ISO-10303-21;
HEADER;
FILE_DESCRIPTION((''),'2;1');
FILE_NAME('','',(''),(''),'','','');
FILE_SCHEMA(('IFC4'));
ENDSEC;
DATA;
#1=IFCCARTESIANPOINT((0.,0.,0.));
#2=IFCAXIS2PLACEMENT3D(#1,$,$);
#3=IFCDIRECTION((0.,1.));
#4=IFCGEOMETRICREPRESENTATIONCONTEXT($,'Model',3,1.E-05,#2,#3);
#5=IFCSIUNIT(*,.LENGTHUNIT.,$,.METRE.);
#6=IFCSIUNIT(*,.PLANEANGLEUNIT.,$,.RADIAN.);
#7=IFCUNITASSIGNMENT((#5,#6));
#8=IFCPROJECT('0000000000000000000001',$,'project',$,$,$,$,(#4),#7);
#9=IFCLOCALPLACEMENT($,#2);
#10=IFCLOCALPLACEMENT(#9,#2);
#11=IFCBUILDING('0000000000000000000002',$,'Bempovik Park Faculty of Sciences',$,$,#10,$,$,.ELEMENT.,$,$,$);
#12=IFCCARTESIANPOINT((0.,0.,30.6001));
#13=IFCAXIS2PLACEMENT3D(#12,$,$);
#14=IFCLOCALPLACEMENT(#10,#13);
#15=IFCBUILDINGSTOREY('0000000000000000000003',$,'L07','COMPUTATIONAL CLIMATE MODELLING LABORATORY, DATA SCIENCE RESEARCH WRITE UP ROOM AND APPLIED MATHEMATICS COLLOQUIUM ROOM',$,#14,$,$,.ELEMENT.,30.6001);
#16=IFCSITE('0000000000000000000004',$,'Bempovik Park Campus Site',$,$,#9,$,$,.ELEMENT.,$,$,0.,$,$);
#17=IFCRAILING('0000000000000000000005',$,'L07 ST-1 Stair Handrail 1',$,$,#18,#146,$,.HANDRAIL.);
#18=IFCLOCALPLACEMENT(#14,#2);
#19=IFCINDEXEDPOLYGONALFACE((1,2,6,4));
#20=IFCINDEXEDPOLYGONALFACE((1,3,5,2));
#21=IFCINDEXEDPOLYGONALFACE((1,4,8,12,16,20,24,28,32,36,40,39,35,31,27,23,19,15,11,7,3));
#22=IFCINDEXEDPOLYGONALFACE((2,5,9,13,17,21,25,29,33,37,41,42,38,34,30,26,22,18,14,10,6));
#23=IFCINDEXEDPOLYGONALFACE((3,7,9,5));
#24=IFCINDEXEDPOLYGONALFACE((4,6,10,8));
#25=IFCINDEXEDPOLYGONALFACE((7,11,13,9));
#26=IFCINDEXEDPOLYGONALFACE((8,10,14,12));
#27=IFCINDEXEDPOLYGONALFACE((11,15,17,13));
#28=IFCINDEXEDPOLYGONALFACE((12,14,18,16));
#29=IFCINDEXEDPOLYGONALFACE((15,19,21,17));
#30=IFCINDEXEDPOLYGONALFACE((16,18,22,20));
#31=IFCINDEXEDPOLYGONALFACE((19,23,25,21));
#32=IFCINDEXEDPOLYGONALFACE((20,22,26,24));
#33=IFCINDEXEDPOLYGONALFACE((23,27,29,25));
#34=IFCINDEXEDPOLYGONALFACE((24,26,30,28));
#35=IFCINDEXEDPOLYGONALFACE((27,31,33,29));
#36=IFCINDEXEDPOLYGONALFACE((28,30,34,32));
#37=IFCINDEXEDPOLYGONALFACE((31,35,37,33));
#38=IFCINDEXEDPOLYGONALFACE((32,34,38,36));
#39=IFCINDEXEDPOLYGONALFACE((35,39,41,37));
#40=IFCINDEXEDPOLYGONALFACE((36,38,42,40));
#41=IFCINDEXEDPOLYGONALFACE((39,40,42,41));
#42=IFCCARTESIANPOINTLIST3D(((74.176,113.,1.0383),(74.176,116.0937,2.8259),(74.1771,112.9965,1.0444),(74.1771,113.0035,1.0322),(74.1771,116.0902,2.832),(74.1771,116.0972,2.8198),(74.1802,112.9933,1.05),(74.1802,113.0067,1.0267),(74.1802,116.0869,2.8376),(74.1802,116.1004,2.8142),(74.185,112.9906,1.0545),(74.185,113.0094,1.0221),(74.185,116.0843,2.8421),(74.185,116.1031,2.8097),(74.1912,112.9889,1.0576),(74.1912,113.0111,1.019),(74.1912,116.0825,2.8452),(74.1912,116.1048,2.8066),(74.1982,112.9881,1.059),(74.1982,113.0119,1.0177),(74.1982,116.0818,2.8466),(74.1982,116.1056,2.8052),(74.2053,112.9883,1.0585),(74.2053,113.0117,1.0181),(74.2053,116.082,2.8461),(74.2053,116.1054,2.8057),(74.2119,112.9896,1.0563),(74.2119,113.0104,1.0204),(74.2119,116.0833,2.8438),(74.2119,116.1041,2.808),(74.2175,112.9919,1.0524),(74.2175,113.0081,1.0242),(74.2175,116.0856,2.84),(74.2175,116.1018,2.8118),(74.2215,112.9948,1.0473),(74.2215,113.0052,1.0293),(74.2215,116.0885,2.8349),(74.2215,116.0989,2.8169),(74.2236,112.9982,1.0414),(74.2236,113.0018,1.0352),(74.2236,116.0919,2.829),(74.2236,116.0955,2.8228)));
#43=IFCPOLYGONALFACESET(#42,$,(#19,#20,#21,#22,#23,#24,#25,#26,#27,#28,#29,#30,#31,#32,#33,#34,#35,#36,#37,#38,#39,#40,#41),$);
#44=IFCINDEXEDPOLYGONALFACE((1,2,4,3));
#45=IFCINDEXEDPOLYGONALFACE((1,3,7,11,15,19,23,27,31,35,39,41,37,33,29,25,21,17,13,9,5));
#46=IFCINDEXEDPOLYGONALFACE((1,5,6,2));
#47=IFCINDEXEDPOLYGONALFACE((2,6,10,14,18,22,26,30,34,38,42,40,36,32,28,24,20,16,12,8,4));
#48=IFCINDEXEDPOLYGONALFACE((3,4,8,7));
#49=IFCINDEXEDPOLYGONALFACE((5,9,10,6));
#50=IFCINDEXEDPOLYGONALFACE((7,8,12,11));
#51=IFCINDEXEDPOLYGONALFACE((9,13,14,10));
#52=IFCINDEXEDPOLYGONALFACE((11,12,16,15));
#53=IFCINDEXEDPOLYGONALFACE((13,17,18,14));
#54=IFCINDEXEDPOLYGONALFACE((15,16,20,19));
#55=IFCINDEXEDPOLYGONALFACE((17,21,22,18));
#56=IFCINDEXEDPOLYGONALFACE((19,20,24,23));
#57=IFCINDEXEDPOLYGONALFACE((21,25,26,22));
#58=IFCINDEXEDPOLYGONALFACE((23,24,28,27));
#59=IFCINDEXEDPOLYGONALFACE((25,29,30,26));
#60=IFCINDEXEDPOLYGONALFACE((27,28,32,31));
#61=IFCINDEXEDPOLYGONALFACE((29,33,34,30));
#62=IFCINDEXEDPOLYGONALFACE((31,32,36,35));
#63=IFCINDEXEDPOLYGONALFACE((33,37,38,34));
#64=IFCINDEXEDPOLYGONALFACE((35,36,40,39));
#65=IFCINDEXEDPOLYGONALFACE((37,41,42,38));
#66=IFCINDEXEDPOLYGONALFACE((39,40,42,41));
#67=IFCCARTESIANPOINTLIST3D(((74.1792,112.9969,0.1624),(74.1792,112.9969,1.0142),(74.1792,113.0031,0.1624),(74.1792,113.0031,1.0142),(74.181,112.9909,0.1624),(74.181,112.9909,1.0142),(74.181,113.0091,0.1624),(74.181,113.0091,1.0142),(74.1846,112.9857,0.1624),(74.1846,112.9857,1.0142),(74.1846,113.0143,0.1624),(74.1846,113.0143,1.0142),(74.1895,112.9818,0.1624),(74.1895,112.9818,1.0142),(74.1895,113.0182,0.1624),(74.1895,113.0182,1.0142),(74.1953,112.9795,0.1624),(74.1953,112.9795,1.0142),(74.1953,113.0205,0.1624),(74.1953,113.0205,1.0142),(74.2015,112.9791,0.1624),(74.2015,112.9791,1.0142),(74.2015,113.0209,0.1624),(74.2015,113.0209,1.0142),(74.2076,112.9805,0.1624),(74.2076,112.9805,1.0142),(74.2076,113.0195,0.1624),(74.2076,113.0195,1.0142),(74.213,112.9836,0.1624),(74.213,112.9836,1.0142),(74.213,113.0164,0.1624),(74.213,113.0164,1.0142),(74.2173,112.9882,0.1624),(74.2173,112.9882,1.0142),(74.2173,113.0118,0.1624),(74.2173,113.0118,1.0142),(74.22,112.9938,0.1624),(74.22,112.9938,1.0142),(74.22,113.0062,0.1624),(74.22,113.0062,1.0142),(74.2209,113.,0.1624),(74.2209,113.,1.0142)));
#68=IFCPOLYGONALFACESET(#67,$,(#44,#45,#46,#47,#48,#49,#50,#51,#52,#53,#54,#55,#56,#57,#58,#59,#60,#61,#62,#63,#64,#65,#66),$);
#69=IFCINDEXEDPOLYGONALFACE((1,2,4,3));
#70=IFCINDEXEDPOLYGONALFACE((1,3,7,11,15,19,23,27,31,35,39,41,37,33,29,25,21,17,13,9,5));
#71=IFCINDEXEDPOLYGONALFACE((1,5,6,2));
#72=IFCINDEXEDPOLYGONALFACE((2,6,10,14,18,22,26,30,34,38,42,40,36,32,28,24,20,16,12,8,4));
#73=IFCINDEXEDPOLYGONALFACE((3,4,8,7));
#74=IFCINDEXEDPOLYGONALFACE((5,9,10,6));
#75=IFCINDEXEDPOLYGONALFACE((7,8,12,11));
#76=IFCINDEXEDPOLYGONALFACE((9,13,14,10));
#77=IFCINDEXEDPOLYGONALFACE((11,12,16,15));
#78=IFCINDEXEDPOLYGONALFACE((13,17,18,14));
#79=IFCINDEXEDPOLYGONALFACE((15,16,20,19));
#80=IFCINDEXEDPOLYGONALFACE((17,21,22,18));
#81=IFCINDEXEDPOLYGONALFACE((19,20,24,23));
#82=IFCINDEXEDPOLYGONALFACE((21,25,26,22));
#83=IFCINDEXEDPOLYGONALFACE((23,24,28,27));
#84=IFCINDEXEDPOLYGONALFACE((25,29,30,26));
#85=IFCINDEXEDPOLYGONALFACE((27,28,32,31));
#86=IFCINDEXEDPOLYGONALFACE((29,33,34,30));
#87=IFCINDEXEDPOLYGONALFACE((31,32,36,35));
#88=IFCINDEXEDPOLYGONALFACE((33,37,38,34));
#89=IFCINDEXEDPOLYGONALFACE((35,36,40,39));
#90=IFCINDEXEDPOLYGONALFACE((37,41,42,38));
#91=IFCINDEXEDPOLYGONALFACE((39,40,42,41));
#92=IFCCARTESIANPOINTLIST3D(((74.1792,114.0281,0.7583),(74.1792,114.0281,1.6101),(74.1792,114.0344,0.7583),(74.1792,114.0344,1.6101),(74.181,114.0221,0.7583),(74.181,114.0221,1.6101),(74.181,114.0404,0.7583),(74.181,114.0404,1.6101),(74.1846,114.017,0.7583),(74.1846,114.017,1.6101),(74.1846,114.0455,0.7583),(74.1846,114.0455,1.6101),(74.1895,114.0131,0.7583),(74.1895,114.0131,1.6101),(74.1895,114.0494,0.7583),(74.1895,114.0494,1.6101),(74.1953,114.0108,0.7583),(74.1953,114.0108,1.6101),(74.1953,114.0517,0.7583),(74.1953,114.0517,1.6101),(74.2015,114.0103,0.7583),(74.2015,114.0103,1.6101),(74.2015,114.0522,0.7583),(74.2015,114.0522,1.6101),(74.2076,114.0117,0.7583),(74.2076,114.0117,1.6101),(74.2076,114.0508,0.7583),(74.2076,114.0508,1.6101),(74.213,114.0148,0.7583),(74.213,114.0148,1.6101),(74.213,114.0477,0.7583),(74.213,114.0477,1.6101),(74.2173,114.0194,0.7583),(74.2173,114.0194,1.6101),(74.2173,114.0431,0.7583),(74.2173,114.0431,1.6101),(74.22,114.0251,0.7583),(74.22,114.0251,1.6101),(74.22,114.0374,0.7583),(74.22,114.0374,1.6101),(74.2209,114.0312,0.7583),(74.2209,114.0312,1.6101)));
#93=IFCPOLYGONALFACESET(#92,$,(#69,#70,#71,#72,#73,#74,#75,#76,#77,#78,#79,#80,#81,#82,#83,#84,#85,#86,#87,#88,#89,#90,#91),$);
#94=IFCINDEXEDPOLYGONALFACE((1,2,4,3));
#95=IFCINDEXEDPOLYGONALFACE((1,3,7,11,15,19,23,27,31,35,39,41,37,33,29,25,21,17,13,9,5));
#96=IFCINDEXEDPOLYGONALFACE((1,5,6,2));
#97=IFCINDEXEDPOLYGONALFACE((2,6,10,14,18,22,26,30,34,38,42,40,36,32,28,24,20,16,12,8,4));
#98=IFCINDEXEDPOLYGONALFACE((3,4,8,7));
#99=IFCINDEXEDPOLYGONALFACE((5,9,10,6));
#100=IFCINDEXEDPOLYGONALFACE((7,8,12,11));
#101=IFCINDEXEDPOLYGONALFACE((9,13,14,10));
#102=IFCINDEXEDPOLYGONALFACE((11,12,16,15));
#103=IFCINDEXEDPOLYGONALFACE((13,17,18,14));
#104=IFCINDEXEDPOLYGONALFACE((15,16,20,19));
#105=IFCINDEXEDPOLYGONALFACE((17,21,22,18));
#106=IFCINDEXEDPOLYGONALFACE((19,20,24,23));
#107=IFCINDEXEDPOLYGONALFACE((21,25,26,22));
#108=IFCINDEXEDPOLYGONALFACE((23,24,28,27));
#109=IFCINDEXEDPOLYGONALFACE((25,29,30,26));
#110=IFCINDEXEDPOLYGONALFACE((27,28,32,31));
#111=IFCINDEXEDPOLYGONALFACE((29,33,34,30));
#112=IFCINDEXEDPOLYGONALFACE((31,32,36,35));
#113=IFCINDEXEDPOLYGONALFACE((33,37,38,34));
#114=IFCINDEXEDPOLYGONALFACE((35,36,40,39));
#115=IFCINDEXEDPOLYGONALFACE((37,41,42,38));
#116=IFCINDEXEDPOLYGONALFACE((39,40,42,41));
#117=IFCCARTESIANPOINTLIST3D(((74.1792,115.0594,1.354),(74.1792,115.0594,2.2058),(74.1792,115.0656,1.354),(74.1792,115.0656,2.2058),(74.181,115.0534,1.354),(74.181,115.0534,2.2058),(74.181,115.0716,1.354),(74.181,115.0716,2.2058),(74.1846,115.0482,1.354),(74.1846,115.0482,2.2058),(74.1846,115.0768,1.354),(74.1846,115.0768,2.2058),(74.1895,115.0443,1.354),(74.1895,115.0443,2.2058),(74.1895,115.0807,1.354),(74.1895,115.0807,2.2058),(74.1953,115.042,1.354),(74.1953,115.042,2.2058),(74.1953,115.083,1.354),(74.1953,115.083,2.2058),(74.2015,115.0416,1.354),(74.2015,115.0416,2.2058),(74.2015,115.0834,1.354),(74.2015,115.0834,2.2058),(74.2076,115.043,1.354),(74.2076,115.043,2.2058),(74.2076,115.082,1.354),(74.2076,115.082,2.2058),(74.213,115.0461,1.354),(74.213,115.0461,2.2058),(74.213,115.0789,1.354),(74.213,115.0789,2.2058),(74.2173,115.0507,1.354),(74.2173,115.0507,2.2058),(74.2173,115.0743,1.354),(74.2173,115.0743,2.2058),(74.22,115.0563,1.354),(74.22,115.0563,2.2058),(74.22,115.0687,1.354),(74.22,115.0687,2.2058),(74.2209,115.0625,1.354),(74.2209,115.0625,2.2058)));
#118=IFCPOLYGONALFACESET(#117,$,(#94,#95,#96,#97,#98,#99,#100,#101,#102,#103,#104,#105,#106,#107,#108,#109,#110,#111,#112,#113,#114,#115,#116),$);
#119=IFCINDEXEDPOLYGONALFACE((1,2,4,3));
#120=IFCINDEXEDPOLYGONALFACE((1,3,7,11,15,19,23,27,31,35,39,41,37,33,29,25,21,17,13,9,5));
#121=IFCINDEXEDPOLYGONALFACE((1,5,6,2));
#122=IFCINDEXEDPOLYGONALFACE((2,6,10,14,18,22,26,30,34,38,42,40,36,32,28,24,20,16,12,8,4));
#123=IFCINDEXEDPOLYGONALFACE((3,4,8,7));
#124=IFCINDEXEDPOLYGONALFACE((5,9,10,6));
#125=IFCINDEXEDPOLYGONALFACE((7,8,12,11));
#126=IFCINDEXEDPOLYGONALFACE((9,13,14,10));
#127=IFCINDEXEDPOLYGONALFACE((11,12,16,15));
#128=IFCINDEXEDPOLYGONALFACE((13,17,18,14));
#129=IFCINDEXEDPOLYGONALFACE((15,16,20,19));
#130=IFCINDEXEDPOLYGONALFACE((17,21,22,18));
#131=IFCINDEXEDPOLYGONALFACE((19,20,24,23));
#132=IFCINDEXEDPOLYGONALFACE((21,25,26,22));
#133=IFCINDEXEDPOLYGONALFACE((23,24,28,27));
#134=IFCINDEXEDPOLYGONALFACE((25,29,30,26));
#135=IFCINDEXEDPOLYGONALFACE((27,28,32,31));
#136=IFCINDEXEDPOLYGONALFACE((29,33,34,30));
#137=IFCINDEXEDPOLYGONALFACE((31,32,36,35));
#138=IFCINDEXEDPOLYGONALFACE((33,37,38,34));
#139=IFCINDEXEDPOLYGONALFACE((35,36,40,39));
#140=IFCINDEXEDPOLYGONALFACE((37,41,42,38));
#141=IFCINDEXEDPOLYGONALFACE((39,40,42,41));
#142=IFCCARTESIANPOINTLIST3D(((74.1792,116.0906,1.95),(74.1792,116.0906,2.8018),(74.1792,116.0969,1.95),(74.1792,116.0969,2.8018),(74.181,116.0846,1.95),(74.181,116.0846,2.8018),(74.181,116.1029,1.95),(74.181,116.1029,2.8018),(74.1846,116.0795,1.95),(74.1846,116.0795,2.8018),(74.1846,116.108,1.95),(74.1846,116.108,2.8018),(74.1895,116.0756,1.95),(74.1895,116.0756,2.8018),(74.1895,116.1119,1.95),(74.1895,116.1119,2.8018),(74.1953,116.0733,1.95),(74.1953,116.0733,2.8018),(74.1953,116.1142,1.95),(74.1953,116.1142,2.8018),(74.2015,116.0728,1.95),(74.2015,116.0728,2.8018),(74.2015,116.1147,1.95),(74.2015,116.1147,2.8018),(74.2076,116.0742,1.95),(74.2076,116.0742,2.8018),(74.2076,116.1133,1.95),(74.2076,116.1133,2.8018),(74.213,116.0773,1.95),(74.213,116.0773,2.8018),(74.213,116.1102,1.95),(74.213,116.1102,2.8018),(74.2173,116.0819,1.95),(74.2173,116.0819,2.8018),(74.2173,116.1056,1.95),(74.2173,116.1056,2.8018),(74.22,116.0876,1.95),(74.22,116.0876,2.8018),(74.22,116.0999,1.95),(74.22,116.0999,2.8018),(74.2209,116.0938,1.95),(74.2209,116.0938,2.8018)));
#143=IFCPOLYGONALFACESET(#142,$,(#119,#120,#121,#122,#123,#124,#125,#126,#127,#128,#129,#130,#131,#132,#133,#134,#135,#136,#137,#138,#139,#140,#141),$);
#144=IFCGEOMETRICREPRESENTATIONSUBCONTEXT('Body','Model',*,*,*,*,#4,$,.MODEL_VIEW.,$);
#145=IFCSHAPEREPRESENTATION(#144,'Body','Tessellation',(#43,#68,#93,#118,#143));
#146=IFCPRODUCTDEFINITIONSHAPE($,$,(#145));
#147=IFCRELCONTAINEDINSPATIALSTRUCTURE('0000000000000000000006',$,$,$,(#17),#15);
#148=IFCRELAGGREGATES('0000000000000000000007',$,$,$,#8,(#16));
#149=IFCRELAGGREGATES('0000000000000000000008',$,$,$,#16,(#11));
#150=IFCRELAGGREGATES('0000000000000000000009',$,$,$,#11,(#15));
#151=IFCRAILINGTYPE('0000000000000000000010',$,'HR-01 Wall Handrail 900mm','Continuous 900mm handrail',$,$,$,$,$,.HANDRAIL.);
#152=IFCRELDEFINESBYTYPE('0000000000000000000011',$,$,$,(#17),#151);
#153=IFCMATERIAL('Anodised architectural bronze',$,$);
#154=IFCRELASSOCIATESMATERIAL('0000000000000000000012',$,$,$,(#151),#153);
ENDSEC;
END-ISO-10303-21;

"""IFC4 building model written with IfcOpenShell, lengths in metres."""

from ifc_helpers import new_model, si_unit, direction, frame, origin, origin_2d, place, context, subcontext, project, spatial, circle, extrude, material, type_object, element, save


model = new_model("IFC4")

# Units and contexts
model_context = context("Model", 3, precision=1e-05, world=origin(), true_north=direction((0.0, 1.0)))
body_context = subcontext(model_context, "Body", "Model", "MODEL_VIEW")
ifc_project = project(units=[si_unit("LENGTHUNIT", "METRE"), si_unit("PLANEANGLEUNIT", "RADIAN")], contexts=[model_context])

# Site, building, storey
site_placement = place(None, origin())
site = spatial("IfcSite", under=ifc_project, at=site_placement, Name="Bempovik Park Campus Site", CompositionType="ELEMENT", RefElevation=0.0)
building_placement = place(site_placement, origin())
building = spatial("IfcBuilding", under=site, at=building_placement, Name="Bempovik Park Faculty of Sciences", CompositionType="ELEMENT")
storey_placement = place(building_placement, frame((0.0, 0.0, 30.6001)))
storey = spatial("IfcBuildingStorey", under=building, at=storey_placement, Name="L07", Description="COMPUTATIONAL CLIMATE MODELLING LABORATORY, DATA SCIENCE RESEARCH WRITE UP ROOM AND APPLIED MATHEMATICS COLLOQUIUM ROOM", CompositionType="ELEMENT", Elevation=30.6001)

# Railing
ifc_material_1 = material(Name="Anodised architectural bronze")
railing_type_1 = type_object("IfcRailingType", Name="HR-01 Wall Handrail 900mm", Description="Continuous 900mm handrail", PredefinedType="HANDRAIL", material=ifc_material_1)
railing_1_placement = place(storey_placement, frame((74.2, 113.0, 0.1624)))
element("IfcRailing", 1, at=railing_1_placement, inside=storey, type_object=railing_type_1, Name="L07 ST-1 Stair Handrail 1", PredefinedType="HANDRAIL", context=body_context, shape_type="SweptSolid", body=[
    extrude(circle(Radius=0.0239, at=origin_2d()), frame((0.0, 0.0, 0.876), z_axis=(0.0, 0.865853, 0.500298), x_axis=(-1.0, 0.0, 0.0)), (0.0, 0.0, 1.0), 3.573),
    extrude(circle(Radius=0.021, at=origin_2d()), origin(), (0.0, 0.0, 1.0), 0.8518),
    extrude(circle(Radius=0.021, at=origin_2d()), frame((0.0, 1.0312, 0.5959)), (0.0, 0.0, 1.0), 0.8518),
    extrude(circle(Radius=0.021, at=origin_2d()), frame((0.0, 2.0625, 1.1917)), (0.0, 0.0, 1.0), 0.8518),
    extrude(circle(Radius=0.021, at=origin_2d()), frame((0.0, 3.0938, 1.7876)), (0.0, 0.0, 1.0), 0.8518),
])

save(model, "model.ifc")
